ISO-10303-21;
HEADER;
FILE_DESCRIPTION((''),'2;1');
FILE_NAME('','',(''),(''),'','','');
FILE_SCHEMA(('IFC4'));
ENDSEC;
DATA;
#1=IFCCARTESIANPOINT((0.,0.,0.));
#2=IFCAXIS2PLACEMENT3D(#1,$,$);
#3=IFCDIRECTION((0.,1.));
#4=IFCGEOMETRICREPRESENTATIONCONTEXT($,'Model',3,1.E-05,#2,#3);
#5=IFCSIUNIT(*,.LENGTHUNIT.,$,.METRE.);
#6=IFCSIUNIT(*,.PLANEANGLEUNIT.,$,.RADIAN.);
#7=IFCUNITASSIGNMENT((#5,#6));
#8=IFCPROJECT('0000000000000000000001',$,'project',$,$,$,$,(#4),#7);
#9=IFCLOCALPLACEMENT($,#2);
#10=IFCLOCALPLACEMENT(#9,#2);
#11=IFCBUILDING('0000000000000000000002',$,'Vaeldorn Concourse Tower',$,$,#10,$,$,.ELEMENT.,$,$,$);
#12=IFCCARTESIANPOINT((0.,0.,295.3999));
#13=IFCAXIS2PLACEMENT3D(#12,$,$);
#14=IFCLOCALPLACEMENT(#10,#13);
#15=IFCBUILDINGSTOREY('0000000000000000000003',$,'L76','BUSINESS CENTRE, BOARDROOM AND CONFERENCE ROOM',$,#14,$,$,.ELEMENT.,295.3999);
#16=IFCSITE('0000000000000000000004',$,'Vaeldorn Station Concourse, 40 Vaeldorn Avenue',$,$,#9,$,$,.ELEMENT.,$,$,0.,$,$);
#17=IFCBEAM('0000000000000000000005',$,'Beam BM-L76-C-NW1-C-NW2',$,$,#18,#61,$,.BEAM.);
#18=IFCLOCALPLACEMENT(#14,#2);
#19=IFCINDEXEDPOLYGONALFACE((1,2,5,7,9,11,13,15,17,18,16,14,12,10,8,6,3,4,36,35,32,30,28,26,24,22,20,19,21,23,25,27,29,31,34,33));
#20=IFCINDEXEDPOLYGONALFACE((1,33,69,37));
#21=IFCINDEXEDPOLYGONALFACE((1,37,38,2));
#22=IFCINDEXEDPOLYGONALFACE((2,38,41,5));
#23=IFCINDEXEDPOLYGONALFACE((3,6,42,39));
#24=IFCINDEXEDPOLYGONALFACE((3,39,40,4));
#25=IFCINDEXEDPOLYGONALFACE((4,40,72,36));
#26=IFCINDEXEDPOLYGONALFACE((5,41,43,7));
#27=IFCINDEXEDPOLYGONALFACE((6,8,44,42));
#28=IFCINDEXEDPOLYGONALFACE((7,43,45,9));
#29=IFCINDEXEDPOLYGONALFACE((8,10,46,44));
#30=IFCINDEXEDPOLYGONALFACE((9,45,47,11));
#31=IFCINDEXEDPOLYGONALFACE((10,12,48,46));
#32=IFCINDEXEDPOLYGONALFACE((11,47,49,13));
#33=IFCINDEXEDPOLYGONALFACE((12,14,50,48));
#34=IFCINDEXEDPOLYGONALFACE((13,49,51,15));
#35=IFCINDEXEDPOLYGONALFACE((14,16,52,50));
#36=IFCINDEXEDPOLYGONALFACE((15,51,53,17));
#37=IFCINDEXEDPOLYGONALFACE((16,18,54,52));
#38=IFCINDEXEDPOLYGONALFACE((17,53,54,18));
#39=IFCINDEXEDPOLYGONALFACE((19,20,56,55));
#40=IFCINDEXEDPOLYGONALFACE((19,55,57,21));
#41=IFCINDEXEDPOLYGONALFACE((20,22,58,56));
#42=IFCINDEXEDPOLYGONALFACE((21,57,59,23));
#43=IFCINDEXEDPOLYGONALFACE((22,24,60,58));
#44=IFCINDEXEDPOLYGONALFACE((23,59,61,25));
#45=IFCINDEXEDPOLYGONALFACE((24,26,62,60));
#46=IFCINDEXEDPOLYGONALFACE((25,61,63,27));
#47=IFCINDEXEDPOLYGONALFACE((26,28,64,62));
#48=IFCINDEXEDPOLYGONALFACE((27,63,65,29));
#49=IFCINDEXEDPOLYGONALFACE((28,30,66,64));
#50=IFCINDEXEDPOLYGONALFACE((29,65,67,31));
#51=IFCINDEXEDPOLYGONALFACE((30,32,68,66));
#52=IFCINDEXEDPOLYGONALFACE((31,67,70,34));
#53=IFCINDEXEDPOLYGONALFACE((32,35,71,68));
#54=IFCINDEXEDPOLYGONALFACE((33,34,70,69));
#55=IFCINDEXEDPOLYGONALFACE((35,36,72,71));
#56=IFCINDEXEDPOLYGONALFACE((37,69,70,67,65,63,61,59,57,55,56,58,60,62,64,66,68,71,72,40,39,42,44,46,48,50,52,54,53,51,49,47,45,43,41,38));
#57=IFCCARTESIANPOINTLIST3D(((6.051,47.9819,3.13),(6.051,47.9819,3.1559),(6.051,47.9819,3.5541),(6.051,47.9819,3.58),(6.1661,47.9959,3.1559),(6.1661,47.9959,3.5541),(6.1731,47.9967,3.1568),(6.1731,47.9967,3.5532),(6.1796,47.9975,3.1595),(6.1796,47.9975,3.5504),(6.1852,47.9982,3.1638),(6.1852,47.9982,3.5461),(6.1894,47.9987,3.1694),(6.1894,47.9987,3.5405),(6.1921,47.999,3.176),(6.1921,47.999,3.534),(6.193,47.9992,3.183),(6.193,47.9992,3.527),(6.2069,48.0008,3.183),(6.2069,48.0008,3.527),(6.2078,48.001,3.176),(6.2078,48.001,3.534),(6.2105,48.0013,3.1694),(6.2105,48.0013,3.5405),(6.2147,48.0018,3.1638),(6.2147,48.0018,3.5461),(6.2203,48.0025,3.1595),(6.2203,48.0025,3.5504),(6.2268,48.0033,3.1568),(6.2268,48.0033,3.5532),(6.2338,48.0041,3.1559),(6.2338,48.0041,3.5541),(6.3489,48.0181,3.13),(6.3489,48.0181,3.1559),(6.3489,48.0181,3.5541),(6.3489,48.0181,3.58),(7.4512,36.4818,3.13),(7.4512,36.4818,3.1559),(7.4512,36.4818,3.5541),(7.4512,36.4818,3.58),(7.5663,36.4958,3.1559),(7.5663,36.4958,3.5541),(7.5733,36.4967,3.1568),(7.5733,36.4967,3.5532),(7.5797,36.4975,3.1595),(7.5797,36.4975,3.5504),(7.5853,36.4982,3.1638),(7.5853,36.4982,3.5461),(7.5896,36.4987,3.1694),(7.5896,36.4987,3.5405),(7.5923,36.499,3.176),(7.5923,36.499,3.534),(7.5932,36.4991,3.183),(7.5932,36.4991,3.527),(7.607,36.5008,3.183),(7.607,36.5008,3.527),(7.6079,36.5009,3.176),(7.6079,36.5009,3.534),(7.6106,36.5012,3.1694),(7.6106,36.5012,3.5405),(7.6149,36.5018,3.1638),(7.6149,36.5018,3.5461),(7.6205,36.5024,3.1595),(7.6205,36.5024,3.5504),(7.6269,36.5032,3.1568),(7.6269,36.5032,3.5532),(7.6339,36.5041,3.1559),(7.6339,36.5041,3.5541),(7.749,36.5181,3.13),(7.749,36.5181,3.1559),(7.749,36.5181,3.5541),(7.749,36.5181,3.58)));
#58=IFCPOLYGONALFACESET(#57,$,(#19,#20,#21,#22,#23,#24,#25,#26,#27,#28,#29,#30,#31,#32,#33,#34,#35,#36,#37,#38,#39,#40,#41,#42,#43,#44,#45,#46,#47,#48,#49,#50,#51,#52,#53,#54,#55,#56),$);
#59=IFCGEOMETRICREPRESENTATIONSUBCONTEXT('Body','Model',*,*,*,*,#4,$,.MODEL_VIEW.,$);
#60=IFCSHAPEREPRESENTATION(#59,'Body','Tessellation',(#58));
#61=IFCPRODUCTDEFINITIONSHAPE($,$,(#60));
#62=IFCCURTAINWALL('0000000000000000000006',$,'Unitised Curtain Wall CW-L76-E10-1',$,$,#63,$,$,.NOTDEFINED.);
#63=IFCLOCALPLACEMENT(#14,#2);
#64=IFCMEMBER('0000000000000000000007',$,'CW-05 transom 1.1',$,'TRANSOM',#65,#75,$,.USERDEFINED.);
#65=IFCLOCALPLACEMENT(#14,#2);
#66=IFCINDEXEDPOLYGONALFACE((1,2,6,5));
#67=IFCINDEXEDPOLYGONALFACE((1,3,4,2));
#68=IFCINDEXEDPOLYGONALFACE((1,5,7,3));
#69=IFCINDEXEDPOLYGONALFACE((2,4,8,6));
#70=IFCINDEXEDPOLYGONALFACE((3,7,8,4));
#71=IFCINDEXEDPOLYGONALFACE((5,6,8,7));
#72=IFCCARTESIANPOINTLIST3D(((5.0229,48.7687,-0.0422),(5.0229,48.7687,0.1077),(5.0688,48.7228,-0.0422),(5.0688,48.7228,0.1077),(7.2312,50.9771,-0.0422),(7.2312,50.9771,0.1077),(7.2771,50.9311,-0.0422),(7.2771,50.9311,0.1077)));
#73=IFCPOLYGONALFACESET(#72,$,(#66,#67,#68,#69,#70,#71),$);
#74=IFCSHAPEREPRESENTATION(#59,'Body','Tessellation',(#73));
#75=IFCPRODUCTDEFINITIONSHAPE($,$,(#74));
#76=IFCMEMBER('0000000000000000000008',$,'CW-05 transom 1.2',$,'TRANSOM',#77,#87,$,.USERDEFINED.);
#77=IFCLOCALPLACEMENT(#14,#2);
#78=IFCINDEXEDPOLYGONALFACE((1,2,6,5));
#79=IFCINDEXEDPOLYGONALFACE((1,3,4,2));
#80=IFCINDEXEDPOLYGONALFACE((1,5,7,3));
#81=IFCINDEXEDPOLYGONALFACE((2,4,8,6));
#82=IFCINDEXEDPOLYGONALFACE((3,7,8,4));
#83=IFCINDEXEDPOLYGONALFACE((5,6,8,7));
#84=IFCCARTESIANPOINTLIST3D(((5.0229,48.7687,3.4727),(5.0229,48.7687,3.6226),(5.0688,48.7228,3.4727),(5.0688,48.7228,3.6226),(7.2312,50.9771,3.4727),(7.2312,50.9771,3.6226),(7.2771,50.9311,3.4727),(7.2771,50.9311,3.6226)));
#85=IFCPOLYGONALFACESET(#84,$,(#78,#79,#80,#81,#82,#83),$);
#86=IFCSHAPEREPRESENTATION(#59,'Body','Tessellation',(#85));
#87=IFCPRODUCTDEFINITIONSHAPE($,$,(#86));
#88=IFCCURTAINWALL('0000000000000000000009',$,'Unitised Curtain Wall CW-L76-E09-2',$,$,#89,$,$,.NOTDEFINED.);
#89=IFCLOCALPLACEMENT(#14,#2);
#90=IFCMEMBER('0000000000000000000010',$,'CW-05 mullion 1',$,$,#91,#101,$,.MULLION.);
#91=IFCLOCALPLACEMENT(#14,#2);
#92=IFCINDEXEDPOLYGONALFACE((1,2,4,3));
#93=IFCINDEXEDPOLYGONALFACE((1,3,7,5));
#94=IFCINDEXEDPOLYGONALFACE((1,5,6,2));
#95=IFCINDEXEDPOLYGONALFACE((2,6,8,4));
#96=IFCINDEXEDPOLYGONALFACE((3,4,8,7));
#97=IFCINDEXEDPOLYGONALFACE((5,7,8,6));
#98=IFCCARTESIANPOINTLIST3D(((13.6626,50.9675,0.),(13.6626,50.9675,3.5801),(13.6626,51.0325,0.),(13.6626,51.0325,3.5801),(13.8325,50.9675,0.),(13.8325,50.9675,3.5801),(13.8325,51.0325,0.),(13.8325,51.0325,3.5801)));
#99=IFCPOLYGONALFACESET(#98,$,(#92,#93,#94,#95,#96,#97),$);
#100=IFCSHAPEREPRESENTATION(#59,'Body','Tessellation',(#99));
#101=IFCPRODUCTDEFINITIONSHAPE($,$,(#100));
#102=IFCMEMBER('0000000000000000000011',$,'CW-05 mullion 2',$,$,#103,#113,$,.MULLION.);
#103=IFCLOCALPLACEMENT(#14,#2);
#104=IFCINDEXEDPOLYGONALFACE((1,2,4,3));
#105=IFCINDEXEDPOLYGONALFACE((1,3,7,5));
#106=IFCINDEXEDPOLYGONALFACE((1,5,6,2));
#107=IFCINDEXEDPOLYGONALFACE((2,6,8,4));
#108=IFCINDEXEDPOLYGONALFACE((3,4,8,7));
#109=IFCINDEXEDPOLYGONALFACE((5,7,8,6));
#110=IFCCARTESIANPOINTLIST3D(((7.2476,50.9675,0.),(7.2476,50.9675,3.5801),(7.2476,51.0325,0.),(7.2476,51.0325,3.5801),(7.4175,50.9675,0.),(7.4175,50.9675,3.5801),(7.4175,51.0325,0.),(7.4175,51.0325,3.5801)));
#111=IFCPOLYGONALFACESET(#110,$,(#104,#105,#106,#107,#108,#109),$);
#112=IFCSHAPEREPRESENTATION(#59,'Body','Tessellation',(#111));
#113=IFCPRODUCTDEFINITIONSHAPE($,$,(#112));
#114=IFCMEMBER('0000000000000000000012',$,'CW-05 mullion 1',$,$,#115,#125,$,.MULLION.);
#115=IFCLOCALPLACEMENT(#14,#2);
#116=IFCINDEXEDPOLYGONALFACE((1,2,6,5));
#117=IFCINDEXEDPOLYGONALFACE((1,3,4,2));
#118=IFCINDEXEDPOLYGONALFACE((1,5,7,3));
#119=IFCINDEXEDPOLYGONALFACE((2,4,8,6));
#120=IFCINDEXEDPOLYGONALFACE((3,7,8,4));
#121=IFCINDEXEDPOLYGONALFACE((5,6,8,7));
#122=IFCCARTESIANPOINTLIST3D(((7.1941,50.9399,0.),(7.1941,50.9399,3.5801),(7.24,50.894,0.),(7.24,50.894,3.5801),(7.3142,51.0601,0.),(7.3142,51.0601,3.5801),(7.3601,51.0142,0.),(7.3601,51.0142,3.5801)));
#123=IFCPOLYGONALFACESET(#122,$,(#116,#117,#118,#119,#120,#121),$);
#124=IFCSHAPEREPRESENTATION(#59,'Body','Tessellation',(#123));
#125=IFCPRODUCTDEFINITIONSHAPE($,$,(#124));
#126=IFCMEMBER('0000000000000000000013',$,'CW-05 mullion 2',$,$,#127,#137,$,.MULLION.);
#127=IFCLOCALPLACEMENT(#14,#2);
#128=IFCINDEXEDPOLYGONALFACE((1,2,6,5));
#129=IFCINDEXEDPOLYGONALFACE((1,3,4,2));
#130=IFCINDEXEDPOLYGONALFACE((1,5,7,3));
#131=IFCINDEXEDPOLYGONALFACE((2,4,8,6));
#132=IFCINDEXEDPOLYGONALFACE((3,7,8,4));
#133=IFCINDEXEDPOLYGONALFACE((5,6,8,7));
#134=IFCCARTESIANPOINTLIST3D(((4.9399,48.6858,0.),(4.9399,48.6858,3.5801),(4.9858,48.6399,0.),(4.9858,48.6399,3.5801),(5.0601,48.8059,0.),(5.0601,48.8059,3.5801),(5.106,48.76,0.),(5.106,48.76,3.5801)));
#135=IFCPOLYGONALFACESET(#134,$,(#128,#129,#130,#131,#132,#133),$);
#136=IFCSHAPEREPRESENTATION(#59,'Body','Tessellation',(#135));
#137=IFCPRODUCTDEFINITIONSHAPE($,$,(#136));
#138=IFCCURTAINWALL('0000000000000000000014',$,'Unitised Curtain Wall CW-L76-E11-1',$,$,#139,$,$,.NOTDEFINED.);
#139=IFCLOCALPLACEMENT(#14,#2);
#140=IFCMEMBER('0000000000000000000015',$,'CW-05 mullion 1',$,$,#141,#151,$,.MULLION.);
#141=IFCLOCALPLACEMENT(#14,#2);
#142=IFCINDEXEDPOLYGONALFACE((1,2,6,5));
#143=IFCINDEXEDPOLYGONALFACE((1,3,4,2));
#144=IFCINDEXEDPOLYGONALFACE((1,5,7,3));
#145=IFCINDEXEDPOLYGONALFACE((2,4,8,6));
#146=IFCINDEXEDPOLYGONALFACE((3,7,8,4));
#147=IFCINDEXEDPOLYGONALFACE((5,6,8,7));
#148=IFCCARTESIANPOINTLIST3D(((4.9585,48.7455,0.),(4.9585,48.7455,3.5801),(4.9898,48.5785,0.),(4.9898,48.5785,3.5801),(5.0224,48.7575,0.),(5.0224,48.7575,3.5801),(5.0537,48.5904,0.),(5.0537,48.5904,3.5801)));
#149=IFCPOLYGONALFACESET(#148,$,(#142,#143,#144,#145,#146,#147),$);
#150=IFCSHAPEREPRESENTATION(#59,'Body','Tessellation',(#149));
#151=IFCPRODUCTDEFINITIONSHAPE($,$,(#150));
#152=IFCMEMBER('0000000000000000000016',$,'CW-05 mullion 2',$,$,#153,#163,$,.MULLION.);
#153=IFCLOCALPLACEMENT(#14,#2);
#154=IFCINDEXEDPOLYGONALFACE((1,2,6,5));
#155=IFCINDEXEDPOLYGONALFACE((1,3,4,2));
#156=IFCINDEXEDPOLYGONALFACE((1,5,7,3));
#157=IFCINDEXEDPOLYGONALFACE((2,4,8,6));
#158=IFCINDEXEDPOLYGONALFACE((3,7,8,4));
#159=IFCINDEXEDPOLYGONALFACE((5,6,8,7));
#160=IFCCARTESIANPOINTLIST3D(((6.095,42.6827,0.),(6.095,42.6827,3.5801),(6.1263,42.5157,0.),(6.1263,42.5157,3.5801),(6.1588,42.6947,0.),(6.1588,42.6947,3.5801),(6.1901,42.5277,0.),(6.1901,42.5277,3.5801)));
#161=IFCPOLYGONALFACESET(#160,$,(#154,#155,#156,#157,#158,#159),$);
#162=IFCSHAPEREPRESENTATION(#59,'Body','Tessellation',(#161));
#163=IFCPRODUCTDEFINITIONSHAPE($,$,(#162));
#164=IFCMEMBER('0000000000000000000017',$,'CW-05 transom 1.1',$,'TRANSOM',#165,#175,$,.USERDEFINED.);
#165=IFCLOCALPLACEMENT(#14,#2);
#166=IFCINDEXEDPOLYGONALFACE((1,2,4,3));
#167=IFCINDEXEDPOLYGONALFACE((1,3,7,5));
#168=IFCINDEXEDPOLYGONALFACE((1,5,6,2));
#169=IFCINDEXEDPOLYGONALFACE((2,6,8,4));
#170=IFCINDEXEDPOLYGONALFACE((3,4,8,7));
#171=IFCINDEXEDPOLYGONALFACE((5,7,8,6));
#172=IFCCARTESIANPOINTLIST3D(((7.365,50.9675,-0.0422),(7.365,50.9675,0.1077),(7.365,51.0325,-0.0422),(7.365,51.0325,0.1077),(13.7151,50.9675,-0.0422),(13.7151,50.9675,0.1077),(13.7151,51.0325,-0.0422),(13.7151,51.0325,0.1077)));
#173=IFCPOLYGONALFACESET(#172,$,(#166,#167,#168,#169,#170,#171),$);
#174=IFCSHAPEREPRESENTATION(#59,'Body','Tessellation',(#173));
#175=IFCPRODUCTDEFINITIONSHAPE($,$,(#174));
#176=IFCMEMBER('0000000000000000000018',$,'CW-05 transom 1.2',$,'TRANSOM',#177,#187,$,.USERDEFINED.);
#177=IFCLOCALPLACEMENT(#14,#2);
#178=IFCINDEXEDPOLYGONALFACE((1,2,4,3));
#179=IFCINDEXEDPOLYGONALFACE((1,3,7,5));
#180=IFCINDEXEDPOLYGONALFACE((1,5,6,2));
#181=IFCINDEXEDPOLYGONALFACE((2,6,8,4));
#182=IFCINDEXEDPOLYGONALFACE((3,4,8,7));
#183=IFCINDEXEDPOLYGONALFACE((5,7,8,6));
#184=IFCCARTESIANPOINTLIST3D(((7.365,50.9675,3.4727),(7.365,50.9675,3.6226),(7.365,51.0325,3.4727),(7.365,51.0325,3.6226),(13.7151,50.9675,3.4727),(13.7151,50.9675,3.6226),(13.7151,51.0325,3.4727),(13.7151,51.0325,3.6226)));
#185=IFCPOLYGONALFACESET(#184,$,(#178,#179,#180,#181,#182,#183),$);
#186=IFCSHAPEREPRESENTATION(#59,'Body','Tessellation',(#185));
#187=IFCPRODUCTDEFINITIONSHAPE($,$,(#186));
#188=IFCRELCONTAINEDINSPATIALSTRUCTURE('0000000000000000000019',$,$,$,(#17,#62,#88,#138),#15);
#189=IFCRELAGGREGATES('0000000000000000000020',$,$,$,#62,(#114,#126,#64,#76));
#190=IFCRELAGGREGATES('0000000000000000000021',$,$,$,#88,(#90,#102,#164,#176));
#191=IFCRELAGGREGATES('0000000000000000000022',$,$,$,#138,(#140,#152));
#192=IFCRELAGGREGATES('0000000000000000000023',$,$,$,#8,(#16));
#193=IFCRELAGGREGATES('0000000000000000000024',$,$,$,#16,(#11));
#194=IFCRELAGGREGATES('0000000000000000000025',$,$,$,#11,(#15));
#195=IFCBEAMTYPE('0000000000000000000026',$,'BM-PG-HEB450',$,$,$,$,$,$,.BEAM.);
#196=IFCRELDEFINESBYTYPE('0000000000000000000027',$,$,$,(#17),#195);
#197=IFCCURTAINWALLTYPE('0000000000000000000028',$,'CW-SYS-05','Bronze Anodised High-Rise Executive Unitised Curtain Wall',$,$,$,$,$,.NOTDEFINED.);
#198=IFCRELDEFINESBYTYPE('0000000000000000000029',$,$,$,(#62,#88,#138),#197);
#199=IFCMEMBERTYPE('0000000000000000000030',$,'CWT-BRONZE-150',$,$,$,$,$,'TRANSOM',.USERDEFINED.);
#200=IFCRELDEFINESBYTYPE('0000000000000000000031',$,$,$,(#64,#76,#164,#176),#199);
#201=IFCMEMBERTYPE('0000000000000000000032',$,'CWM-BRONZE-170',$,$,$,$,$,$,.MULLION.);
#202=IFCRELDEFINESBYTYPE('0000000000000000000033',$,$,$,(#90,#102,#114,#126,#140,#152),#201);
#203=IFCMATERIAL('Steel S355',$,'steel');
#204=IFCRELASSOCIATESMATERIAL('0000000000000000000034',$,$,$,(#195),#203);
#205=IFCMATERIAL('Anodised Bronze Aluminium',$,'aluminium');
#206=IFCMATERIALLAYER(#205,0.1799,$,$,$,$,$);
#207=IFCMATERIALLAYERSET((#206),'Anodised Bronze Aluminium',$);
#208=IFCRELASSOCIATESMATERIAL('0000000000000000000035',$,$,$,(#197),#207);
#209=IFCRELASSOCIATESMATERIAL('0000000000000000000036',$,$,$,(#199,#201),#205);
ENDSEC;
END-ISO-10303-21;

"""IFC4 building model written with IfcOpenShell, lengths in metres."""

from ifc_helpers import new_model, si_unit, direction, frame, origin, origin_2d, place, context, subcontext, project, spatial, rectangle, i_section, extrude, source, transform, mapped, material, layer, layer_set, material_profile, profile_set, type_object, element, aggregate, save


model = new_model("IFC4")

# Units and contexts
model_context = context("Model", 3, precision=1e-05, world=origin(), true_north=direction((0.0, 1.0)))
body_context = subcontext(model_context, "Body", "Model", "MODEL_VIEW")
ifc_project = project(units=[si_unit("LENGTHUNIT", "METRE"), si_unit("PLANEANGLEUNIT", "RADIAN")], contexts=[model_context])

# Site, building, storey
site_placement = place(None, origin())
site = spatial("IfcSite", under=ifc_project, at=site_placement, Name="Vaeldorn Station Concourse, 40 Vaeldorn Avenue", CompositionType="ELEMENT", RefElevation=0.0)
building_placement = place(site_placement, origin())
building = spatial("IfcBuilding", under=site, at=building_placement, Name="Vaeldorn Concourse Tower", CompositionType="ELEMENT")
storey_placement = place(building_placement, frame((0.0, 0.0, 295.3999)))
storey = spatial("IfcBuildingStorey", under=building, at=storey_placement, Name="L76", Description="BUSINESS CENTRE, BOARDROOM AND CONFERENCE ROOM", CompositionType="ELEMENT", Elevation=295.3999)

# Shared definitions
ifc_material_1 = material(Name="Steel S355", Category="steel")

# Beam
ifc_material_profile_1 = material_profile(ifc_material_1, i_section(OverallWidth=0.3, OverallDepth=0.45, WebThickness=0.0139, FlangeThickness=0.0259, FilletRadius=0.0271, at=origin_2d()), Name="HEB 450")
ifc_profile_set_1 = profile_set([ifc_material_profile_1], Name="Steel S355")
beam_type_1 = type_object("IfcBeamType", Name="BM-PG-HEB450", PredefinedType="BEAM", material=ifc_profile_set_1)
shared_shape_1 = source(origin(), body_context, "Body", "SweptSolid", [
    extrude(i_section(OverallWidth=0.3, OverallDepth=0.45, WebThickness=0.0139, FlangeThickness=0.0259, FilletRadius=0.0271, at=origin_2d()), origin(), (0.0, 0.0, 1.0), 11.585),
])
beam_1_placement = place(storey_placement, frame((6.2, 48.0, 3.355), z_axis=(0.120859, -0.99267, 0.0), x_axis=(0.99267, 0.120859, 0.0)))
element("IfcBeam", 1, at=beam_1_placement, inside=storey, type_object=beam_type_1, Name="Beam BM-L76-C-NW1-C-NW2", PredefinedType="BEAM", context=body_context, shape_type="MappedRepresentation", body=[
    mapped(shared_shape_1, transform((0.0, 0.0, 0.0), scale=1.0)),
])

# Curtain walls, members
ifc_material_2 = material(Name="Anodised Bronze Aluminium", Category="aluminium")
ifc_layer_1 = layer(ifc_material_2, 0.1799)
ifc_layer_set_1 = layer_set([ifc_layer_1], Name="Anodised Bronze Aluminium")
curtain_wall_type = type_object("IfcCurtainWallType", Name="CW-SYS-05", Description="Bronze Anodised High-Rise Executive Unitised Curtain Wall", PredefinedType="NOTDEFINED", material=ifc_layer_set_1)
curtain_wall_1_placement = place(storey_placement, origin())
curtain_wall_1 = element("IfcCurtainWall", 2, at=curtain_wall_1_placement, inside=storey, type_object=curtain_wall_type, Name="Unitised Curtain Wall CW-L76-E10-1", PredefinedType="NOTDEFINED")
ifc_material_profile_2 = material_profile(ifc_material_2, rectangle(XDim=0.0649, YDim=0.1499, at=origin_2d()), Name="CWT 65x150")
ifc_profile_set_2 = profile_set([ifc_material_profile_2], Name="Anodised Bronze Aluminium")
member_type_1 = type_object("IfcMemberType", Name="CWT-BRONZE-150", ElementType="TRANSOM", PredefinedType="USERDEFINED", material=ifc_profile_set_2)
shared_shape_2 = source(origin(), body_context, "Body", "SweptSolid", [
    extrude(rectangle(XDim=0.0649, YDim=0.1499, at=origin_2d()), origin(), (0.0, 0.0, 1.0), 3.123),
])
member_1_placement = place(storey_placement, frame((7.2542, 50.9541, 0.0327), z_axis=(-0.707107, -0.707107, 0.0), x_axis=(0.707107, -0.707107, 0.0)))
member_1 = element("IfcMember", 3, at=member_1_placement, type_object=member_type_1, Name="CW-05 transom 1.1", ObjectType="TRANSOM", PredefinedType="USERDEFINED", context=body_context, shape_type="MappedRepresentation", body=[
    mapped(shared_shape_2, transform((0.0, 0.0, 0.0), scale=1.0)),
])
member_2_placement = place(storey_placement, frame((7.2542, 50.9541, 3.5476), z_axis=(-0.707107, -0.707107, 0.0), x_axis=(0.707107, -0.707107, 0.0)))
member_2 = element("IfcMember", 4, at=member_2_placement, type_object=member_type_1, Name="CW-05 transom 1.2", ObjectType="TRANSOM", PredefinedType="USERDEFINED", context=body_context, shape_type="MappedRepresentation", body=[
    mapped(shared_shape_2, transform((0.0, 0.0, 0.0), scale=1.0)),
])
curtain_wall_2_placement = place(storey_placement, origin())
curtain_wall_2 = element("IfcCurtainWall", 5, at=curtain_wall_2_placement, inside=storey, type_object=curtain_wall_type, Name="Unitised Curtain Wall CW-L76-E09-2", PredefinedType="NOTDEFINED")
ifc_material_profile_3 = material_profile(ifc_material_2, rectangle(XDim=0.0649, YDim=0.1699, at=origin_2d()), Name="CWM 65x170")
ifc_profile_set_3 = profile_set([ifc_material_profile_3], Name="Anodised Bronze Aluminium")
member_type_2 = type_object("IfcMemberType", Name="CWM-BRONZE-170", PredefinedType="MULLION", material=ifc_profile_set_3)
shared_shape_3 = source(origin(), body_context, "Body", "SweptSolid", [
    extrude(rectangle(XDim=0.0649, YDim=0.1699, at=origin_2d()), origin(), (0.0, 0.0, 1.0), 3.5801),
])
member_3_placement = place(storey_placement, frame((13.7476, 51.0, 0.0), z_axis=(0.0, 0.0, 1.0), x_axis=(0.0, -1.0, 0.0)))
member_3 = element("IfcMember", 6, at=member_3_placement, type_object=member_type_2, Name="CW-05 mullion 1", PredefinedType="MULLION", context=body_context, shape_type="MappedRepresentation", body=[
    mapped(shared_shape_3, transform((0.0, 0.0, 0.0), scale=1.0)),
])
member_4_placement = place(storey_placement, frame((7.3325, 51.0, 0.0), z_axis=(0.0, 0.0, 1.0), x_axis=(0.0, -1.0, 0.0)))
member_4 = element("IfcMember", 7, at=member_4_placement, type_object=member_type_2, Name="CW-05 mullion 2", PredefinedType="MULLION", context=body_context, shape_type="MappedRepresentation", body=[
    mapped(shared_shape_3, transform((0.0, 0.0, 0.0), scale=1.0)),
])

# Members
member_5_placement = place(storey_placement, frame((7.2771, 50.9771, 0.0), z_axis=(0.0, 0.0, 1.0), x_axis=(0.707107, -0.707107, 0.0)))
member_5 = element("IfcMember", 8, at=member_5_placement, type_object=member_type_2, Name="CW-05 mullion 1", PredefinedType="MULLION", context=body_context, shape_type="MappedRepresentation", body=[
    mapped(shared_shape_3, transform((0.0, 0.0, 0.0), scale=1.0)),
])
member_6_placement = place(storey_placement, frame((5.0229, 48.7229, 0.0), z_axis=(0.0, 0.0, 1.0), x_axis=(0.707107, -0.707107, 0.0)))
member_6 = element("IfcMember", 9, at=member_6_placement, type_object=member_type_2, Name="CW-05 mullion 2", PredefinedType="MULLION", context=body_context, shape_type="MappedRepresentation", body=[
    mapped(shared_shape_3, transform((0.0, 0.0, 0.0), scale=1.0)),
])

# Curtain wall, members
curtain_wall_3_placement = place(storey_placement, origin())
curtain_wall_3 = element("IfcCurtainWall", 10, at=curtain_wall_3_placement, inside=storey, type_object=curtain_wall_type, Name="Unitised Curtain Wall CW-L76-E11-1", PredefinedType="NOTDEFINED")
member_7_placement = place(storey_placement, frame((5.0061, 48.668, 0.0), z_axis=(0.0, 0.0, 1.0), x_axis=(0.98288, 0.184246, 0.0)))
member_7 = element("IfcMember", 11, at=member_7_placement, type_object=member_type_2, Name="CW-05 mullion 1", PredefinedType="MULLION", context=body_context, shape_type="MappedRepresentation", body=[
    mapped(shared_shape_3, transform((0.0, 0.0, 0.0), scale=1.0)),
])
member_8_placement = place(storey_placement, frame((6.1426, 42.6052, 0.0), z_axis=(0.0, 0.0, 1.0), x_axis=(0.98288, 0.184246, 0.0)))
member_8 = element("IfcMember", 12, at=member_8_placement, type_object=member_type_2, Name="CW-05 mullion 2", PredefinedType="MULLION", context=body_context, shape_type="MappedRepresentation", body=[
    mapped(shared_shape_3, transform((0.0, 0.0, 0.0), scale=1.0)),
])

# Members
shared_shape_4 = source(origin(), body_context, "Body", "SweptSolid", [
    extrude(rectangle(XDim=0.0649, YDim=0.1499, at=origin_2d()), origin(), (0.0, 0.0, 1.0), 6.3501),
])
member_9_placement = place(storey_placement, frame((13.7151, 51.0, 0.0327), z_axis=(-1.0, 0.0, 0.0), x_axis=(0.0, -1.0, 0.0)))
member_9 = element("IfcMember", 13, at=member_9_placement, type_object=member_type_1, Name="CW-05 transom 1.1", ObjectType="TRANSOM", PredefinedType="USERDEFINED", context=body_context, shape_type="MappedRepresentation", body=[
    mapped(shared_shape_4, transform((0.0, 0.0, 0.0), scale=1.0)),
])
member_10_placement = place(storey_placement, frame((13.7151, 51.0, 3.5476), z_axis=(-1.0, 0.0, 0.0), x_axis=(0.0, -1.0, 0.0)))
member_10 = element("IfcMember", 14, at=member_10_placement, type_object=member_type_1, Name="CW-05 transom 1.2", ObjectType="TRANSOM", PredefinedType="USERDEFINED", context=body_context, shape_type="MappedRepresentation", body=[
    mapped(shared_shape_4, transform((0.0, 0.0, 0.0), scale=1.0)),
])

aggregate(curtain_wall_1, [member_5, member_6, member_1, member_2])
aggregate(curtain_wall_2, [member_3, member_4, member_9, member_10])
aggregate(curtain_wall_3, [member_7, member_8])

save(model, "model.ifc")
